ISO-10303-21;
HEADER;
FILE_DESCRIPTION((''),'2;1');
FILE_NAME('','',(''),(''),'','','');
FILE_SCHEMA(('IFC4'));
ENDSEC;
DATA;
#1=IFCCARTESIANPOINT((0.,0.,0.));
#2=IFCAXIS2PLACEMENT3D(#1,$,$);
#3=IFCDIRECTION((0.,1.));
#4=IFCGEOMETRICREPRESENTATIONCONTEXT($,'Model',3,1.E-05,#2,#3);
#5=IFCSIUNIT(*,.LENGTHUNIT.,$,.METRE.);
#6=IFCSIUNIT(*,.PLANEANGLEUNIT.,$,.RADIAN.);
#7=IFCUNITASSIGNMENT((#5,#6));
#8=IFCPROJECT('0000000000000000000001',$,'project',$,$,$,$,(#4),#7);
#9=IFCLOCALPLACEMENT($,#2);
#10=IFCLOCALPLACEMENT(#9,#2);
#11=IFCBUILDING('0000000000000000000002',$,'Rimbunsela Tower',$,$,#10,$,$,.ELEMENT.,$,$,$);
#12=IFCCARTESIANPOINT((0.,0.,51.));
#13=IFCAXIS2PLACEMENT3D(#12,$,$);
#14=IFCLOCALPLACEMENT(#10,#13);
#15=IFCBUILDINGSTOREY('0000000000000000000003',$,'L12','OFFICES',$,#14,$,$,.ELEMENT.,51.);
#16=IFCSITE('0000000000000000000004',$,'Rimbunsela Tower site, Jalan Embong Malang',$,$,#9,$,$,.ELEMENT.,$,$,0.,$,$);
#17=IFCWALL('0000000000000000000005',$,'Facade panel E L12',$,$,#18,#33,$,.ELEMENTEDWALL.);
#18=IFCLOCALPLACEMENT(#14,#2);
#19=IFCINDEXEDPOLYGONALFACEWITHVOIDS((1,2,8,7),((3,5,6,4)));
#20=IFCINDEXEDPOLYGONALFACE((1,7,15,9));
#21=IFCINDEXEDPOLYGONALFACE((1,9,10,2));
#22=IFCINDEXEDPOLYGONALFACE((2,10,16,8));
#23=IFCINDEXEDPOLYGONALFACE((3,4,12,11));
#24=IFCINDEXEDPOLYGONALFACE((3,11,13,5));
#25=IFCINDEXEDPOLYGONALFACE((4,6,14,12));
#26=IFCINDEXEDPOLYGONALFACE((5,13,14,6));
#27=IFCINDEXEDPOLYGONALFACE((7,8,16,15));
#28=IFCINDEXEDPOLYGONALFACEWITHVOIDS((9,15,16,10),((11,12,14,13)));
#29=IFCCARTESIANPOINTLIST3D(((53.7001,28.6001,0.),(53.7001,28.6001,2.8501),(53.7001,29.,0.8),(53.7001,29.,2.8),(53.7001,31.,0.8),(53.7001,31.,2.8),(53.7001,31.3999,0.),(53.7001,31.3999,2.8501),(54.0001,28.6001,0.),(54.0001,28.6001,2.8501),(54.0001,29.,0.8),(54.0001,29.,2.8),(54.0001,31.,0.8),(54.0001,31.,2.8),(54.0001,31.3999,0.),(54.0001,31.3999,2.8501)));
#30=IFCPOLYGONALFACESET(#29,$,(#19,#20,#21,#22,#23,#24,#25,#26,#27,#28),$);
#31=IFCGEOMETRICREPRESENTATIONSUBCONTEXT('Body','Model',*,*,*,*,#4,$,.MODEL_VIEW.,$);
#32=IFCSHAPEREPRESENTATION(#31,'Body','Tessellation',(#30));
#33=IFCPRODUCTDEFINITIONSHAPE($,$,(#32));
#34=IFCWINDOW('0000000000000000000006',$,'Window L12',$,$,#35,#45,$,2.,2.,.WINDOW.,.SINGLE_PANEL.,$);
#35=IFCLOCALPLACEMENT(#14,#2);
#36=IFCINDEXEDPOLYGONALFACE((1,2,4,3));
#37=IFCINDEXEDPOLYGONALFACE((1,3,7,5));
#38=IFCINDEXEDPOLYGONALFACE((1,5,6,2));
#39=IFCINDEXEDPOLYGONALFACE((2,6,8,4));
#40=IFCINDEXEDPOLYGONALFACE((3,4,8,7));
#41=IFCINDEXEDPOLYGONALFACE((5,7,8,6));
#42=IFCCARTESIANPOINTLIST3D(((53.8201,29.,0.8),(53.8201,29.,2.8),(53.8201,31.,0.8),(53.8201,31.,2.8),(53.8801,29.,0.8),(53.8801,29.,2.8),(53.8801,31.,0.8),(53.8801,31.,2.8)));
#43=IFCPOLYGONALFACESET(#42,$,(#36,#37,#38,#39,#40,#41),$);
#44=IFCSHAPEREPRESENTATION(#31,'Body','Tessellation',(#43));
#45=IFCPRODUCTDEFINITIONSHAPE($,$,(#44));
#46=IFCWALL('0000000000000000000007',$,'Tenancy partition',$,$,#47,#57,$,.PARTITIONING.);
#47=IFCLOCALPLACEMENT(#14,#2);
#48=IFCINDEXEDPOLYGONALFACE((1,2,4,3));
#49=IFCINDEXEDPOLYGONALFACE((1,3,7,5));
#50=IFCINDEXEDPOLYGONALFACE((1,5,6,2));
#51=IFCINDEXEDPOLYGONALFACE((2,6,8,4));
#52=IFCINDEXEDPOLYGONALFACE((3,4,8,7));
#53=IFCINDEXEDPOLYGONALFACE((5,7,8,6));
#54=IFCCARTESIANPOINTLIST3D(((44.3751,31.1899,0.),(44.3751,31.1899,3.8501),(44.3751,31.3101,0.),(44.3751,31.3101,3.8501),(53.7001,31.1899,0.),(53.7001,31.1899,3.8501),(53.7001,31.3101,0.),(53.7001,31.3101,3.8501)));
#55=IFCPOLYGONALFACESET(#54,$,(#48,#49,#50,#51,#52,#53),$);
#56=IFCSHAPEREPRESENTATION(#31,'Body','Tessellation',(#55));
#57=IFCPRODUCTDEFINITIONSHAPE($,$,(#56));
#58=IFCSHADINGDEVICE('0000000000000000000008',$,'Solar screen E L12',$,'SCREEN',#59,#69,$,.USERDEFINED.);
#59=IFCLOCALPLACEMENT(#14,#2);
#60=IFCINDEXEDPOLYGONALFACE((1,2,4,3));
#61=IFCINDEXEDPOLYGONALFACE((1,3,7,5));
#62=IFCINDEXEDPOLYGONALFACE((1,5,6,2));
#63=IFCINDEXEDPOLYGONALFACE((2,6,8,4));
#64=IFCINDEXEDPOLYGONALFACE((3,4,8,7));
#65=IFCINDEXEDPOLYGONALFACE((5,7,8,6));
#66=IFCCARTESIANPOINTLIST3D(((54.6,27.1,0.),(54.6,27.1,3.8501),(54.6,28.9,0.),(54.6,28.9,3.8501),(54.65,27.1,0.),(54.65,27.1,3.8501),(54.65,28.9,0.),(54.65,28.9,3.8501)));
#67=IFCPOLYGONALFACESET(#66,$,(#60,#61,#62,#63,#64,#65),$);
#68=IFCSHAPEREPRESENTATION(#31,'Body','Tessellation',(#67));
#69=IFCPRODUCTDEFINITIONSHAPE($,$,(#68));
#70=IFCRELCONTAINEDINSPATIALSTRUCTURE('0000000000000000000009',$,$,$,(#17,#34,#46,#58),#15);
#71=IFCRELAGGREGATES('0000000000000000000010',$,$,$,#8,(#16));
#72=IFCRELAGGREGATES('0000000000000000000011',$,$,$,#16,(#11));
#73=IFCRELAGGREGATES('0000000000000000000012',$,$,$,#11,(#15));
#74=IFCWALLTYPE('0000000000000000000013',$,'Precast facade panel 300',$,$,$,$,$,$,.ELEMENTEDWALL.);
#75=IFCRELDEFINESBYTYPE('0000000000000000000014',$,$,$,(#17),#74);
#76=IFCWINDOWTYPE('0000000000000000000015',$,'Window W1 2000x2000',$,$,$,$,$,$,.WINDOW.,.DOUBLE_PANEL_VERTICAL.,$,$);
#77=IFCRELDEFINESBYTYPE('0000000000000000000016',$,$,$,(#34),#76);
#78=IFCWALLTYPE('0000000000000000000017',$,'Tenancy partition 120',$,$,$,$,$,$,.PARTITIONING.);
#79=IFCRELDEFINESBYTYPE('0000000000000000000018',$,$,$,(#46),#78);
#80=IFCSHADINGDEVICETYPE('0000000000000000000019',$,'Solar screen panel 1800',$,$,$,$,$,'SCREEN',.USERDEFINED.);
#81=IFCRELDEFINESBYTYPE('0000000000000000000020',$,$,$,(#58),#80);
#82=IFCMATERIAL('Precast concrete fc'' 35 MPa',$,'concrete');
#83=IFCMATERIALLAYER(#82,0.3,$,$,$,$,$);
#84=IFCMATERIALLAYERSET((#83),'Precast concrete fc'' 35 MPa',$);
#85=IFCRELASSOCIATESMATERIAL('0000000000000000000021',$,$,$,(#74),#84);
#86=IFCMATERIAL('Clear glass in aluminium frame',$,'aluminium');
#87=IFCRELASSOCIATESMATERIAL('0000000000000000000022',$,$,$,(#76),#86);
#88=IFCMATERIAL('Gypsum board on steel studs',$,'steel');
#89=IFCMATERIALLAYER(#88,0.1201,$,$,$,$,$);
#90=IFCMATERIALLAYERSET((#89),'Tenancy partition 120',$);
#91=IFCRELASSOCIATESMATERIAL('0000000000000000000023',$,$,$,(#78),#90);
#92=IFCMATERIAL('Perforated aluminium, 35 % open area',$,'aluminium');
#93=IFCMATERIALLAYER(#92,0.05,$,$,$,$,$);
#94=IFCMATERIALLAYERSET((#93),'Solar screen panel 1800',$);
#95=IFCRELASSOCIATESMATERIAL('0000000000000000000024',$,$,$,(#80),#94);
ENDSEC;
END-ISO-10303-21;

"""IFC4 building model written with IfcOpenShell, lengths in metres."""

from ifc_helpers import new_model, si_unit, direction, frame, frame_2d, origin, origin_2d, place, context, subcontext, project, spatial, rectangle, extrude, material, layer, layer_set, type_object, element, fill, save


model = new_model("IFC4")

# Units and contexts
model_context = context("Model", 3, precision=1e-05, world=origin(), true_north=direction((0.0, 1.0)))
body_context = subcontext(model_context, "Body", "Model", "MODEL_VIEW")
ifc_project = project(units=[si_unit("LENGTHUNIT", "METRE"), si_unit("PLANEANGLEUNIT", "RADIAN")], contexts=[model_context])

# Site, building, storey
site_placement = place(None, origin())
site = spatial("IfcSite", under=ifc_project, at=site_placement, Name="Rimbunsela Tower site, Jalan Embong Malang", CompositionType="ELEMENT", RefElevation=0.0)
building_placement = place(site_placement, origin())
building = spatial("IfcBuilding", under=site, at=building_placement, Name="Rimbunsela Tower", CompositionType="ELEMENT")
storey_placement = place(building_placement, frame((0.0, 0.0, 51.0)))
storey = spatial("IfcBuildingStorey", under=building, at=storey_placement, Name="L12", Description="OFFICES", CompositionType="ELEMENT", Elevation=51.0)

# Wall, opening, window
ifc_material_1 = material(Name="Precast concrete fc' 35 MPa", Category="concrete")
ifc_layer_1 = layer(ifc_material_1, 0.3)
ifc_layer_set_1 = layer_set([ifc_layer_1], Name="Precast concrete fc' 35 MPa")
wall_type_1 = type_object("IfcWallType", Name="Precast facade panel 300", PredefinedType="ELEMENTEDWALL", material=ifc_layer_set_1)
wall_1_placement = place(storey_placement, frame((53.8501, 28.6001, 0.0), z_axis=(0.0, 0.0, 1.0), x_axis=(0.0, 1.0, 0.0)))
wall_1 = element("IfcWall", 1, at=wall_1_placement, inside=storey, type_object=wall_type_1, Name="Facade panel E L12", PredefinedType="ELEMENTEDWALL", context=body_context, shape_type="SweptSolid", body=[
    extrude(rectangle(XDim=2.7998, YDim=0.3, at=frame_2d((1.3999, 0.0))), origin(), (0.0, 0.0, 1.0), 2.8501),
])
opening_placement = place(wall_1_placement, frame((0.3999, 0.0, 0.8)))
opening = element("IfcOpeningElement", 2, at=opening_placement, cuts=wall_1, PredefinedType="OPENING", context=body_context, shape_type="SweptSolid", body=[
    extrude(rectangle(XDim=2.0, YDim=2.0, at=frame_2d((1.0, 1.0))), frame((0.0, 0.1599, 0.0), z_axis=(0.0, -1.0, 0.0), x_axis=(1.0, 0.0, 0.0)), (0.0, 0.0, 1.0), 0.3201),
])
ifc_material_2 = material(Name="Clear glass in aluminium frame", Category="aluminium")
window_type = type_object("IfcWindowType", Name="Window W1 2000x2000", PartitioningType="DOUBLE_PANEL_VERTICAL", PredefinedType="WINDOW", material=ifc_material_2)
window_placement = place(opening_placement, origin())
window = element("IfcWindow", 3, at=window_placement, inside=storey, type_object=window_type, Name="Window L12", OverallHeight=2.0, OverallWidth=2.0, PartitioningType="SINGLE_PANEL", PredefinedType="WINDOW", context=body_context, shape_type="SweptSolid", body=[
    extrude(rectangle(XDim=2.0, YDim=2.0, at=frame_2d((1.0, 1.0))), frame((0.0, 0.03, 0.0), z_axis=(0.0, -1.0, 0.0), x_axis=(1.0, 0.0, 0.0)), (0.0, 0.0, 1.0), 0.0601),
])
fill(opening, window)

# Wall
ifc_material_3 = material(Name="Gypsum board on steel studs", Category="steel")
ifc_layer_2 = layer(ifc_material_3, 0.1201)
ifc_layer_set_2 = layer_set([ifc_layer_2], Name="Tenancy partition 120")
wall_type_2 = type_object("IfcWallType", Name="Tenancy partition 120", PredefinedType="PARTITIONING", material=ifc_layer_set_2)
wall_2_placement = place(storey_placement, frame((44.375, 31.25, 0.0), z_axis=(0.0, 0.0, 1.0), x_axis=(1.0, 0.0, 0.0)))
element("IfcWall", 4, at=wall_2_placement, inside=storey, type_object=wall_type_2, Name="Tenancy partition", PredefinedType="PARTITIONING", context=body_context, shape_type="SweptSolid", body=[
    extrude(rectangle(XDim=9.325, YDim=0.1201, at=frame_2d((4.6626, 0.0))), origin(), (0.0, 0.0, 1.0), 3.8501),
])

# Shading device
ifc_material_4 = material(Name="Perforated aluminium, 35 % open area", Category="aluminium")
ifc_layer_3 = layer(ifc_material_4, 0.05)
ifc_layer_set_3 = layer_set([ifc_layer_3], Name="Solar screen panel 1800")
shading_device_type = type_object("IfcShadingDeviceType", Name="Solar screen panel 1800", ElementType="SCREEN", PredefinedType="USERDEFINED", material=ifc_layer_set_3)
shading_device_placement = place(storey_placement, frame((54.625, 28.0, 0.0), z_axis=(0.0, 0.0, 1.0), x_axis=(0.0, 1.0, 0.0)))
element("IfcShadingDevice", 5, at=shading_device_placement, inside=storey, type_object=shading_device_type, Name="Solar screen E L12", ObjectType="SCREEN", PredefinedType="USERDEFINED", context=body_context, shape_type="SweptSolid", body=[
    extrude(rectangle(XDim=1.8, YDim=0.05, at=origin_2d()), origin(), (0.0, 0.0, 1.0), 3.8501),
])

save(model, "model.ifc")
